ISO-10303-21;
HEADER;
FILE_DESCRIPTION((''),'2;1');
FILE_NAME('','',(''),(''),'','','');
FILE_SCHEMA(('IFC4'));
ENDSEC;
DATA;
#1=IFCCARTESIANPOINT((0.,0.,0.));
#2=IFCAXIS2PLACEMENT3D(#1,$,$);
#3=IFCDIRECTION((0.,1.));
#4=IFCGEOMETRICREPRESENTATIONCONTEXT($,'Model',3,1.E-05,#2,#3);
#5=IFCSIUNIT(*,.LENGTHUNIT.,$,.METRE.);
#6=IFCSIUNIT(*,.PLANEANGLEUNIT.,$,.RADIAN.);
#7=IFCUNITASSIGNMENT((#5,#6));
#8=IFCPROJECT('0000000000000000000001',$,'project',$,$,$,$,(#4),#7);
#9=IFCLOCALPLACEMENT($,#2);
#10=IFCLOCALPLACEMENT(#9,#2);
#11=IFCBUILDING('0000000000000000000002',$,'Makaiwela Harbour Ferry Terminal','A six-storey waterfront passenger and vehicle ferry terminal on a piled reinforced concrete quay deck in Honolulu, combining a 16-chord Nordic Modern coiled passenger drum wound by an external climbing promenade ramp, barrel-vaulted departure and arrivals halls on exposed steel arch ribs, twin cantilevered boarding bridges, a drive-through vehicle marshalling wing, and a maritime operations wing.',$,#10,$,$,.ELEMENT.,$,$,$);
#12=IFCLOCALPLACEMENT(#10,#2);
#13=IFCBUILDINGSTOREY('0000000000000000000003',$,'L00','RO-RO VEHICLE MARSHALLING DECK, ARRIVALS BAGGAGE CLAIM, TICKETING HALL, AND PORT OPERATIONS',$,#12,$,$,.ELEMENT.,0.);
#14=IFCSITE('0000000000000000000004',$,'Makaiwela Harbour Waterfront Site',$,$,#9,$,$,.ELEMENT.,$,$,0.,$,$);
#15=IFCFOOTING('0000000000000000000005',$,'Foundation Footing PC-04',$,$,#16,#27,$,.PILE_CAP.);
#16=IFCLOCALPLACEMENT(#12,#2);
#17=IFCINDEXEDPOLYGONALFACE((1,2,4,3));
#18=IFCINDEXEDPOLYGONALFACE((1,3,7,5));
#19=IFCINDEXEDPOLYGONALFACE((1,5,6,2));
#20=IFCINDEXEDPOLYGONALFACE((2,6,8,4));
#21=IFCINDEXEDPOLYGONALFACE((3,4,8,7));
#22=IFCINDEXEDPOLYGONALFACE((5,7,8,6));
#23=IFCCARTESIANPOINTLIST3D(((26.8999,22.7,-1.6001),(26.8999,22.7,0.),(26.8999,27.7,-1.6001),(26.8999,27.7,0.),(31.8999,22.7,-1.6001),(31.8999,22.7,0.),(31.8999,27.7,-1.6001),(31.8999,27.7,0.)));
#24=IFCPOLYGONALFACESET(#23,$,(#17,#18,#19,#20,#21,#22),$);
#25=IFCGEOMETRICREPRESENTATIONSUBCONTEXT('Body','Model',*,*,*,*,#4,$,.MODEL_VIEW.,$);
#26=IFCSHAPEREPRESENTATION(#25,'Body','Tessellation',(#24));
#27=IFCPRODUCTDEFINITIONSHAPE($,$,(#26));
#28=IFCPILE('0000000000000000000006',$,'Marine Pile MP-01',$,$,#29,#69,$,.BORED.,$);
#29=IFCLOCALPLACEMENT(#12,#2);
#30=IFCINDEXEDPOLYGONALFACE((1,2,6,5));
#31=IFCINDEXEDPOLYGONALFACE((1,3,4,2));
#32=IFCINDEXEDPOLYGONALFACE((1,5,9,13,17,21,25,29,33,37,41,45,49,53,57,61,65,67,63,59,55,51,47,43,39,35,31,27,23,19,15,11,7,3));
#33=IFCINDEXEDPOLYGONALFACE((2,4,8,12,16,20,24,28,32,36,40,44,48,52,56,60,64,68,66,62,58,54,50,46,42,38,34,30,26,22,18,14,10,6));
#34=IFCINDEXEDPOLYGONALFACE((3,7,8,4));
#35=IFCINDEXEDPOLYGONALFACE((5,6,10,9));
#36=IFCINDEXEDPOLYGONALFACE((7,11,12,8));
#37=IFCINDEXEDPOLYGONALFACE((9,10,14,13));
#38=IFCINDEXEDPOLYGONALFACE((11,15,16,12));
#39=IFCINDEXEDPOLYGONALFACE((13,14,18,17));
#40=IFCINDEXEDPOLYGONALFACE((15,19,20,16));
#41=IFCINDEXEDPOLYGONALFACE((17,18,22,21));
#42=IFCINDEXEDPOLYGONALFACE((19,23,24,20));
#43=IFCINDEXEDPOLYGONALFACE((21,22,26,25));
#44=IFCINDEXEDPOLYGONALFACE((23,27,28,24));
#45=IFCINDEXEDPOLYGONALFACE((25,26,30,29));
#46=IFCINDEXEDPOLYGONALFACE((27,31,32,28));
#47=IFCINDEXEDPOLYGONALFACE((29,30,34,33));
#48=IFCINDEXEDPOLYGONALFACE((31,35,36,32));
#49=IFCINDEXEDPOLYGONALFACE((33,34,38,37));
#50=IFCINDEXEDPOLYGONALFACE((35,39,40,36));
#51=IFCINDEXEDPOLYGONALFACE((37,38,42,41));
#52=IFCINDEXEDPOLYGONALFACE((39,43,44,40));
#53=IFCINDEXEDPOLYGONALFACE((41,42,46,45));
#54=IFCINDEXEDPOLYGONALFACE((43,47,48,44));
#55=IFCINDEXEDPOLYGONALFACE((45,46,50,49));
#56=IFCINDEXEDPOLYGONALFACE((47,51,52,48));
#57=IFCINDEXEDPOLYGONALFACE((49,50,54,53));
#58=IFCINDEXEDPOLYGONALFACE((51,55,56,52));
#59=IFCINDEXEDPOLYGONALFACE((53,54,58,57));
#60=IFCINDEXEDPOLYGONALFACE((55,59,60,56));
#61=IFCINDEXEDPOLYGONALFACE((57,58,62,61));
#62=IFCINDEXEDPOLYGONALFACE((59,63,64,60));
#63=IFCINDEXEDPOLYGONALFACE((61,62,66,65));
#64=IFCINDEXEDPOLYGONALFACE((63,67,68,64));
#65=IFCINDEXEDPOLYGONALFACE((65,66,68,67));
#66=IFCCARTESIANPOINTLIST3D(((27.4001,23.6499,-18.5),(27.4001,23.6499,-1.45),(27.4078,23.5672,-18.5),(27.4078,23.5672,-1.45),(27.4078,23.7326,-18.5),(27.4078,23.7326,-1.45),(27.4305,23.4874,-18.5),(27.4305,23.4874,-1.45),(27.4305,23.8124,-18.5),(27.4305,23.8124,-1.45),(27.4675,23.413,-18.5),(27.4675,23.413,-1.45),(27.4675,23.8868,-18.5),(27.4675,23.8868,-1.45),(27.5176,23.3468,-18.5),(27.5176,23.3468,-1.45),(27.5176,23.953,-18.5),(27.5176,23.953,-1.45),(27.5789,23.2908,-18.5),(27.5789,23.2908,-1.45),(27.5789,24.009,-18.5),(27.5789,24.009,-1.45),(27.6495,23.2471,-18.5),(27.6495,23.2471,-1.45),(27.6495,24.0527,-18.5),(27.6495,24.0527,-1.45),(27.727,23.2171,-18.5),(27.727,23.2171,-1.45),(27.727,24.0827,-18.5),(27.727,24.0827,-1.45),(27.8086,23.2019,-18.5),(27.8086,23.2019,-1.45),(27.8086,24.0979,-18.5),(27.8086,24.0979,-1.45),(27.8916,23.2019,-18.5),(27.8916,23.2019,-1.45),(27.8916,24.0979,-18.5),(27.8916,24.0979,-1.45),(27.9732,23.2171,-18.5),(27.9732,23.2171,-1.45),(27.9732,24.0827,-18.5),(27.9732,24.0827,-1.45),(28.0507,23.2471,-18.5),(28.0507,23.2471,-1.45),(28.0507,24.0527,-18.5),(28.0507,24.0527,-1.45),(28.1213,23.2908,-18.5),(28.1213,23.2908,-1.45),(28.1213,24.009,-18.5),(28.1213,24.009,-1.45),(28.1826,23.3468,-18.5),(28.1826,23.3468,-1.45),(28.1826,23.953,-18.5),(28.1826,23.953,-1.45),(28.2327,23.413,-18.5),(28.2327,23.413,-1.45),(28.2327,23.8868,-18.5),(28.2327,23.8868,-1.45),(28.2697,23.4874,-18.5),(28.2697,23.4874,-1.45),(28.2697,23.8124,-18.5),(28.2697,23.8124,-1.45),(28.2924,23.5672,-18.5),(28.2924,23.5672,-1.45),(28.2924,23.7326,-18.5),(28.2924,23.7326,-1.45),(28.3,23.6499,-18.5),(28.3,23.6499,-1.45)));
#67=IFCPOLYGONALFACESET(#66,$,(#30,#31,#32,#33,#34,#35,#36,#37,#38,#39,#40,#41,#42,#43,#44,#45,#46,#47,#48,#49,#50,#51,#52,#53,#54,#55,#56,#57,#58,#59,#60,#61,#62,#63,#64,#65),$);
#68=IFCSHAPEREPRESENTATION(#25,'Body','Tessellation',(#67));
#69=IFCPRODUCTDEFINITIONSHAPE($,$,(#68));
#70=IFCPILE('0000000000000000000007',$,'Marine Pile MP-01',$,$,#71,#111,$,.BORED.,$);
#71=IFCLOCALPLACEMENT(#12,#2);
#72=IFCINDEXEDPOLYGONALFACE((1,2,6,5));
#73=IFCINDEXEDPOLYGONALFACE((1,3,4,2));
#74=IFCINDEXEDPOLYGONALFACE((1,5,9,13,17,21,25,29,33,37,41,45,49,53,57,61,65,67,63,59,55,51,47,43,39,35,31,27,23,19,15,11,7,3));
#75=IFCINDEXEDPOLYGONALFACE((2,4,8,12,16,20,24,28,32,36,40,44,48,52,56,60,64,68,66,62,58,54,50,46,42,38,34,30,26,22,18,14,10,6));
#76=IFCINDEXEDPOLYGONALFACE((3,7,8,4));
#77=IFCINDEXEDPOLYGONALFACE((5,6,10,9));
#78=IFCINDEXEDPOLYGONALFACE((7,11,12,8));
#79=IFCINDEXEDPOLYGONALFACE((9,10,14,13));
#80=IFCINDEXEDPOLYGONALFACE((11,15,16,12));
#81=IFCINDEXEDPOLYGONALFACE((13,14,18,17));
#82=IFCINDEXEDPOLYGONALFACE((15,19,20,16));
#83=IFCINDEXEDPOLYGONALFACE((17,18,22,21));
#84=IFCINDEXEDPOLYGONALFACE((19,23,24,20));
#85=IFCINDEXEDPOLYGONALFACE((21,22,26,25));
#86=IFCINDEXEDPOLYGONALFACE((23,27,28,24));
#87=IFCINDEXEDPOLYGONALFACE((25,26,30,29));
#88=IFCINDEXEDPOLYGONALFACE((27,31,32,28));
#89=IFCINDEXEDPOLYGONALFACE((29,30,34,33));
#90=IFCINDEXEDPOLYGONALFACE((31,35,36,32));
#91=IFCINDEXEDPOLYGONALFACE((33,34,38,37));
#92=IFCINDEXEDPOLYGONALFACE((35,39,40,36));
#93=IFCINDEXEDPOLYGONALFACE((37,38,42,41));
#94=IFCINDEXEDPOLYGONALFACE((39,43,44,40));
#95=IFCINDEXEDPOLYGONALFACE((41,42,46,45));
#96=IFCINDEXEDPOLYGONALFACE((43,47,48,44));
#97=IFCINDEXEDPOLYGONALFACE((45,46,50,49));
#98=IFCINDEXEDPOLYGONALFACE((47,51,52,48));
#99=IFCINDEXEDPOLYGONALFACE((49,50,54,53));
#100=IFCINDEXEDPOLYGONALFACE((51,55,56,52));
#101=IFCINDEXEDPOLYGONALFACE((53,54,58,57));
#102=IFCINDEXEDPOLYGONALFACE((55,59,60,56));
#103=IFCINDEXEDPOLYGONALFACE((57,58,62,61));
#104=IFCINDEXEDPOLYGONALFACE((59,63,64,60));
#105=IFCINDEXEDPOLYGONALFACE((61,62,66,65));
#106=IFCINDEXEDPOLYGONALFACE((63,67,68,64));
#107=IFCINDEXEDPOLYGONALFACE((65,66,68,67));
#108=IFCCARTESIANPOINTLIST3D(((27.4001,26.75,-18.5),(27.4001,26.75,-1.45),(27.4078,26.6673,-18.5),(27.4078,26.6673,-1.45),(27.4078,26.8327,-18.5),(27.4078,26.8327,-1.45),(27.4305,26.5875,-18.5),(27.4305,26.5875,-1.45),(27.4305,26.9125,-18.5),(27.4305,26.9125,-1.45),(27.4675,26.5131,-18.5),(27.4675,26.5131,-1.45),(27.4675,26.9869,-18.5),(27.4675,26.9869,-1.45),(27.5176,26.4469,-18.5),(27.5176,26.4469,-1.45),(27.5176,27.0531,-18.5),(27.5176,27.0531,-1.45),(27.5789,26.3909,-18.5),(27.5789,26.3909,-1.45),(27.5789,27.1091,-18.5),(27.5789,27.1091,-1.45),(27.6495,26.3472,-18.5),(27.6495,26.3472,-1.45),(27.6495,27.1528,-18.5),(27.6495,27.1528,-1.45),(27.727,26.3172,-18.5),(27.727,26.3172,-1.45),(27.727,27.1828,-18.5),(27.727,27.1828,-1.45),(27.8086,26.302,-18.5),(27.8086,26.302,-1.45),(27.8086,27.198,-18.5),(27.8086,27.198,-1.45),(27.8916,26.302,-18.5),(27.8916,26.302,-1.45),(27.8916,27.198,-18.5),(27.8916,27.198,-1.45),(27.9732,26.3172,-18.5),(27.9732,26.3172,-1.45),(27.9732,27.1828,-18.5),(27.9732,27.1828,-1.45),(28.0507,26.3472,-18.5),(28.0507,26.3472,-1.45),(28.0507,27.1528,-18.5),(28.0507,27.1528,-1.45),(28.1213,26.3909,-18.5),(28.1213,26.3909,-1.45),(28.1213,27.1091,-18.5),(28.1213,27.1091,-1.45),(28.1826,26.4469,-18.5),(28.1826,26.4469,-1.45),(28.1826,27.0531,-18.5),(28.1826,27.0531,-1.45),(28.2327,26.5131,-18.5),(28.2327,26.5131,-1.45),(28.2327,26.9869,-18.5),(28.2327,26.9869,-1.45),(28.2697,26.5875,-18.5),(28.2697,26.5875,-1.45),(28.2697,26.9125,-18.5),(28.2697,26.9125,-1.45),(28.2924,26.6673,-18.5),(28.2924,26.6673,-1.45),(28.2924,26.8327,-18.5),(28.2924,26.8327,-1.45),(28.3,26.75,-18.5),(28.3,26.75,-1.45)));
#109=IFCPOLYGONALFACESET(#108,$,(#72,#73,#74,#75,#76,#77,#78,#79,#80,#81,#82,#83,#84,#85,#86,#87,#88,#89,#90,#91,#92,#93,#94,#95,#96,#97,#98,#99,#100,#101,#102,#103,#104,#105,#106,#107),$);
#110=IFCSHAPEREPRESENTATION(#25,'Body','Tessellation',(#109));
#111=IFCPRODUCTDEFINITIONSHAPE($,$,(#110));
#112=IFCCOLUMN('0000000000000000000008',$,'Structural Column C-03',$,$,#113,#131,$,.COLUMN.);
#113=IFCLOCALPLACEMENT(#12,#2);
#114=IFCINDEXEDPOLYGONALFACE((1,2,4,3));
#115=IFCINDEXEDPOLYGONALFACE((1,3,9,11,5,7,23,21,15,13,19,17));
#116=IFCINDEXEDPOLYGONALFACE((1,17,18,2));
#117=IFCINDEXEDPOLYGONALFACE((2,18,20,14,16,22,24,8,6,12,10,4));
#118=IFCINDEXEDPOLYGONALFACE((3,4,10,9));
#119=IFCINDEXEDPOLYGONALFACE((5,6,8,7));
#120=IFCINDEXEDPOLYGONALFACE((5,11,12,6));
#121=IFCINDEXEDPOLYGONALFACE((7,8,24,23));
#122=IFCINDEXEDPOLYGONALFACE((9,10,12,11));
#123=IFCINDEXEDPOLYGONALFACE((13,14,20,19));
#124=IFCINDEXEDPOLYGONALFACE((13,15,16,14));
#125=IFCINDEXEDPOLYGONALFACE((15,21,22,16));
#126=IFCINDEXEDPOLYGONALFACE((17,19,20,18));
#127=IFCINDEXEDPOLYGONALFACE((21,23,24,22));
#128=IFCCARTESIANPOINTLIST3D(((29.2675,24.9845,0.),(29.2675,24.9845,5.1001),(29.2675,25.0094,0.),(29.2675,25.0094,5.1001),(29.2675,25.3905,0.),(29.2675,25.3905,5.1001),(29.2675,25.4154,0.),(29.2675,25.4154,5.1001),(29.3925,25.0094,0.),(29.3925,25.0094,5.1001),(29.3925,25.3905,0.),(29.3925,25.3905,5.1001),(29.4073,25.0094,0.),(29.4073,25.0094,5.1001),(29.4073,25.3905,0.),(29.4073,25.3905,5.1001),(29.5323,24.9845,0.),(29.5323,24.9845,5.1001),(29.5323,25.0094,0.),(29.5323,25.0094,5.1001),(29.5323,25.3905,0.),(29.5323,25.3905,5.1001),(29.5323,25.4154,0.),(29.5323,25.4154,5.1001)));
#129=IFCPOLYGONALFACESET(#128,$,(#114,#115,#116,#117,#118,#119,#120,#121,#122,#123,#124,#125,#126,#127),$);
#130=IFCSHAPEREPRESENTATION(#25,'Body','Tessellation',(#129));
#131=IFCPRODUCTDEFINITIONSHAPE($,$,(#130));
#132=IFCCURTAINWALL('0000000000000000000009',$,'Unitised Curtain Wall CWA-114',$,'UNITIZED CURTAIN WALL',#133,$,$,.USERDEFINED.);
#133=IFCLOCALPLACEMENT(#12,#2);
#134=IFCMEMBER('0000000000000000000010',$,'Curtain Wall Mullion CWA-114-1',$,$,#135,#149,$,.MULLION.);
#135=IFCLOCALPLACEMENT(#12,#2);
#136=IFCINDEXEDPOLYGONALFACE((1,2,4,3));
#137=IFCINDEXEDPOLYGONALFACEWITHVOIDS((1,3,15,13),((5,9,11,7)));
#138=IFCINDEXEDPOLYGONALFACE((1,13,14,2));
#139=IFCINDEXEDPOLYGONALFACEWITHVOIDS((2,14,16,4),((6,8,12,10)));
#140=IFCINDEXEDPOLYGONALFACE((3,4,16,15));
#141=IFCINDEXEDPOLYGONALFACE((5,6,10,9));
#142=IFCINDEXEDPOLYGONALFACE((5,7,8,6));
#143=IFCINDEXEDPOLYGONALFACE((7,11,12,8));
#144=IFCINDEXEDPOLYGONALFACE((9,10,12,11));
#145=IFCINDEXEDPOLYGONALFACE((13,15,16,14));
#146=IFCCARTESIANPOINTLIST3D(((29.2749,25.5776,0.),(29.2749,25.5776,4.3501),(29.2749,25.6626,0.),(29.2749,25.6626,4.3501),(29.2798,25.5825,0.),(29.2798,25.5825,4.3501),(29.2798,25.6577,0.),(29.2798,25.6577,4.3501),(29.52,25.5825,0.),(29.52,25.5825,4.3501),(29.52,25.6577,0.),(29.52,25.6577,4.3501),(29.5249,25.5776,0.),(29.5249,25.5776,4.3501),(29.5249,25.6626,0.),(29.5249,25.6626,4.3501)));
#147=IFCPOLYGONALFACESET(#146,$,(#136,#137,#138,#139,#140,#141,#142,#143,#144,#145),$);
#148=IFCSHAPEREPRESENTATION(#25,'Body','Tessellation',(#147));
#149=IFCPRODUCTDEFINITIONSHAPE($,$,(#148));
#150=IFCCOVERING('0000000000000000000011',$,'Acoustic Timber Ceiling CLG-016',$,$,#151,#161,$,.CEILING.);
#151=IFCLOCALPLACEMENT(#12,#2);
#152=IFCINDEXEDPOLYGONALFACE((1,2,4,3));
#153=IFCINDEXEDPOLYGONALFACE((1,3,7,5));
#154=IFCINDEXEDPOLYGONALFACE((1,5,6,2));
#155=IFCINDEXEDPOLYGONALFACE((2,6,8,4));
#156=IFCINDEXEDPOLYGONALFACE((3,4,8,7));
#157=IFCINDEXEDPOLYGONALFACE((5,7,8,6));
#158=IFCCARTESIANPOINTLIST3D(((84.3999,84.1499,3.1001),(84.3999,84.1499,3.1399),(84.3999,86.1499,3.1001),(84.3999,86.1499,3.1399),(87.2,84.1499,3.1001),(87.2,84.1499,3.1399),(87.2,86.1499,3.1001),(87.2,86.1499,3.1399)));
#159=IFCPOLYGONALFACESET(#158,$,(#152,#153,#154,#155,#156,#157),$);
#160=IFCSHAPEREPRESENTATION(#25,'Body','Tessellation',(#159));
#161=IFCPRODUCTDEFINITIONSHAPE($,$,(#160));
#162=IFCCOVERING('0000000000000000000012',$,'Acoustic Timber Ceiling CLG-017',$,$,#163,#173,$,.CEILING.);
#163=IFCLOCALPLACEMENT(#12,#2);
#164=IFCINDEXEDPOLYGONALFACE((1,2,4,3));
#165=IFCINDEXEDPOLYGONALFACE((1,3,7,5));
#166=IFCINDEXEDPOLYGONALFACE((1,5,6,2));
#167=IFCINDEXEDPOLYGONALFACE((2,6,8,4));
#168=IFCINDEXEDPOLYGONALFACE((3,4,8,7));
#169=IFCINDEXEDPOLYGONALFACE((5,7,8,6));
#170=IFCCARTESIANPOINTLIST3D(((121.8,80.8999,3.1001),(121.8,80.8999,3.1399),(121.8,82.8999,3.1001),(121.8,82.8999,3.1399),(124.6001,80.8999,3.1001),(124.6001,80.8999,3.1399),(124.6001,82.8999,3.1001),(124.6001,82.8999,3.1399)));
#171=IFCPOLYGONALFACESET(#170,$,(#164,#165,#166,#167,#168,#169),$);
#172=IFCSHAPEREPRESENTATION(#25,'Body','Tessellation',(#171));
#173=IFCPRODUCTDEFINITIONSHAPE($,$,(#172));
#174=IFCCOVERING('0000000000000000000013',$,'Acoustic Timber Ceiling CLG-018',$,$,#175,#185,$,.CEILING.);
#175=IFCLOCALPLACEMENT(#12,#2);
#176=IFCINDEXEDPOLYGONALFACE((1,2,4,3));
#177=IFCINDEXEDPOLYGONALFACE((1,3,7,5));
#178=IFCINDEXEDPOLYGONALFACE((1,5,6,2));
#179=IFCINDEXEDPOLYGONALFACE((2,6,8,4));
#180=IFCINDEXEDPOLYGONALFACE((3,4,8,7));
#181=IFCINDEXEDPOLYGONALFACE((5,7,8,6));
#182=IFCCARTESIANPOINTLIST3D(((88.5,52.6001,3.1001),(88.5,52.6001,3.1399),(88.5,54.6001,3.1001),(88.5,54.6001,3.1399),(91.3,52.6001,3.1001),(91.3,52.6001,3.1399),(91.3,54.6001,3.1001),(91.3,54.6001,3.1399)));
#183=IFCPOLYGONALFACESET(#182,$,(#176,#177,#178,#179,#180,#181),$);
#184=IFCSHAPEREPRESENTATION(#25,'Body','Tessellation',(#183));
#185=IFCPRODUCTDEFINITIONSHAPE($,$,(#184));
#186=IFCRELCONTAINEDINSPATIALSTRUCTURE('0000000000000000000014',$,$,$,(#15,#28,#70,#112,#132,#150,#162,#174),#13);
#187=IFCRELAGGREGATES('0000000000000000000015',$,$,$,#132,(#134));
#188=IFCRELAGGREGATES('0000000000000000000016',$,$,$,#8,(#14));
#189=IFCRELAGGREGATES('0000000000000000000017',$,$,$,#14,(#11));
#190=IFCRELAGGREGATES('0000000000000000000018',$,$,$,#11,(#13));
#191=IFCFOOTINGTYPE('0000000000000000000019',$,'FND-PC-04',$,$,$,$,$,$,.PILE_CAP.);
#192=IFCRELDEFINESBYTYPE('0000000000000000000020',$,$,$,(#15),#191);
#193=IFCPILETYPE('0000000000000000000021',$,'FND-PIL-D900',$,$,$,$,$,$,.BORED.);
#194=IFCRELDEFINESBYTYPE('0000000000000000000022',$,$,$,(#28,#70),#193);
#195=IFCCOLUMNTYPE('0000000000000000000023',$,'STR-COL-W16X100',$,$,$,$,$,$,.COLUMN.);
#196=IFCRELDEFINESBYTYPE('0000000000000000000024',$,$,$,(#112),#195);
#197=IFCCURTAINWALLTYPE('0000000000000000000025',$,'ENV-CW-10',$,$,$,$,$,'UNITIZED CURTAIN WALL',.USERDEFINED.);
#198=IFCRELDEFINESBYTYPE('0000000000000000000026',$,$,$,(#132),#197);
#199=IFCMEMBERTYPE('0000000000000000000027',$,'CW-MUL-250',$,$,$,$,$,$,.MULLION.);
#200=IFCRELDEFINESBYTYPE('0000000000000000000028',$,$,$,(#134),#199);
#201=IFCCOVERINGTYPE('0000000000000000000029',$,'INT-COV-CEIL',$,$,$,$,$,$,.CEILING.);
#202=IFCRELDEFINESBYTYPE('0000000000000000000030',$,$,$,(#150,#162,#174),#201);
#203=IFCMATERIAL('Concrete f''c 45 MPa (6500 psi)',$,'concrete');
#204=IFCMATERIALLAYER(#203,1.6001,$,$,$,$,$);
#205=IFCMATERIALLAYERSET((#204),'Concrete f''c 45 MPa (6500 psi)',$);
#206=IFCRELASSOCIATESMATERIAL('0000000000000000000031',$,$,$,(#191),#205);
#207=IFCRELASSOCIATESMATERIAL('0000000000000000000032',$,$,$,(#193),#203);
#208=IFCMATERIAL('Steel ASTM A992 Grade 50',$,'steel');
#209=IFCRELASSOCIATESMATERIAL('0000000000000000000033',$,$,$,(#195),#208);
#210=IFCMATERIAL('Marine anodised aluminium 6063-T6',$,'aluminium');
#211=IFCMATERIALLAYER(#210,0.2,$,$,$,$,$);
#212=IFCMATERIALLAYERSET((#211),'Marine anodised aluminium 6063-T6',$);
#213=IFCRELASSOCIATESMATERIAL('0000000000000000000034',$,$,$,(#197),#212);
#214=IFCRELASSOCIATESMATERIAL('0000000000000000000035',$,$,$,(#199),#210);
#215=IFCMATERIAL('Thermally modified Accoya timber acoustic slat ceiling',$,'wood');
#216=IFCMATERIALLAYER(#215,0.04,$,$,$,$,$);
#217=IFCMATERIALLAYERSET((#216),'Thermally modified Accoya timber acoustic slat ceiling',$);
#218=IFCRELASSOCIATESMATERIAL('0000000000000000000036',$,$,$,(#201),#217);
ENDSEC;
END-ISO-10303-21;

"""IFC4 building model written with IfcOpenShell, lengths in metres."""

from ifc_helpers import new_model, si_unit, direction, frame, origin, origin_2d, place, context, subcontext, project, spatial, polyline, rectangle, hollow_rectangle, circle, i_section, outline, extrude, material, layer, layer_set, material_profile, profile_set, type_object, element, aggregate, save


model = new_model("IFC4")

# Units and contexts
model_context = context("Model", 3, precision=1e-05, world=origin(), true_north=direction((0.0, 1.0)))
body_context = subcontext(model_context, "Body", "Model", "MODEL_VIEW")
ifc_project = project(units=[si_unit("LENGTHUNIT", "METRE"), si_unit("PLANEANGLEUNIT", "RADIAN")], contexts=[model_context])

# Site, building, storey
site_placement = place(None, origin())
site = spatial("IfcSite", under=ifc_project, at=site_placement, Name="Makaiwela Harbour Waterfront Site", CompositionType="ELEMENT", RefElevation=0.0)
building_placement = place(site_placement, origin())
building = spatial("IfcBuilding", under=site, at=building_placement, Name="Makaiwela Harbour Ferry Terminal", Description="A six-storey waterfront passenger and vehicle ferry terminal on a piled reinforced concrete quay deck in Honolulu, combining a 16-chord Nordic Modern coiled passenger drum wound by an external climbing promenade ramp, barrel-vaulted departure and arrivals halls on exposed steel arch ribs, twin cantilevered boarding bridges, a drive-through vehicle marshalling wing, and a maritime operations wing.", CompositionType="ELEMENT")
storey_placement = place(building_placement, origin())
storey = spatial("IfcBuildingStorey", under=building, at=storey_placement, Name="L00", Description="RO-RO VEHICLE MARSHALLING DECK, ARRIVALS BAGGAGE CLAIM, TICKETING HALL, AND PORT OPERATIONS", CompositionType="ELEMENT", Elevation=0.0)

# Footing
ifc_material_1 = material(Name="Concrete f'c 45 MPa (6500 psi)", Category="concrete")
ifc_layer_1 = layer(ifc_material_1, 1.6001)
ifc_layer_set_1 = layer_set([ifc_layer_1], Name="Concrete f'c 45 MPa (6500 psi)")
footing_type = type_object("IfcFootingType", Name="FND-PC-04", PredefinedType="PILE_CAP", material=ifc_layer_set_1)
footing_placement = place(storey_placement, frame((29.3999, 25.2, -1.6001), z_axis=(0.0, 0.0, 1.0), x_axis=(1.0, 0.0, 0.0)))
element("IfcFooting", 1, at=footing_placement, inside=storey, type_object=footing_type, Name="Foundation Footing PC-04", PredefinedType="PILE_CAP", context=body_context, shape_type="SweptSolid", body=[
    extrude(rectangle(XDim=5.0, YDim=5.0, at=origin_2d()), origin(), (0.0, 0.0, 1.0), 1.6001),
])

# Piles
ifc_material_profile_1 = material_profile(ifc_material_1, circle(Radius=0.45, at=origin_2d()), Name="PILE-D900")
ifc_profile_set_1 = profile_set([ifc_material_profile_1], Name="Concrete f'c 45 MPa (6500 psi)")
pile_type = type_object("IfcPileType", Name="FND-PIL-D900", PredefinedType="BORED", material=ifc_profile_set_1)
for number, where, z_axis, x_axis, name in (
    (2, (27.8501, 23.6499, -1.45), (0.0, 0.0, -1.0), (1.0, 0.0, 0.0), "Marine Pile MP-01"),
    (3, (27.8501, 26.75, -1.45), (0.0, 0.0, -1.0), (1.0, 0.0, 0.0), "Marine Pile MP-01"),
):
    element("IfcPile", number, at=place(storey_placement, frame(where, z_axis=z_axis, x_axis=x_axis)), inside=storey, type_object=pile_type, Name=name, PredefinedType="BORED", context=body_context, shape_type="SweptSolid", body=[
        extrude(circle(Radius=0.45, at=origin_2d()), origin(), (0.0, 0.0, 1.0), 17.05),
    ])

# Column
ifc_material_2 = material(Name="Steel ASTM A992 Grade 50", Category="steel")
ifc_material_profile_2 = material_profile(ifc_material_2, i_section(OverallWidth=0.2649, OverallDepth=0.4309, WebThickness=0.0149, FlangeThickness=0.0249, at=origin_2d()), Name="W16X100")
ifc_profile_set_2 = profile_set([ifc_material_profile_2], Name="Steel ASTM A992 Grade 50")
column_type = type_object("IfcColumnType", Name="STR-COL-W16X100", PredefinedType="COLUMN", material=ifc_profile_set_2)
column_placement = place(storey_placement, frame((29.3999, 25.2, 0.0), z_axis=(0.0, 0.0, 1.0), x_axis=(1.0, 0.0, 0.0)))
element("IfcColumn", 4, at=column_placement, inside=storey, type_object=column_type, Name="Structural Column C-03", PredefinedType="COLUMN", context=body_context, shape_type="SweptSolid", body=[
    extrude(i_section(OverallWidth=0.2649, OverallDepth=0.4309, WebThickness=0.0149, FlangeThickness=0.0249, at=origin_2d()), origin(), (0.0, 0.0, 1.0), 5.1001),
])

# Curtain wall, member
ifc_material_3 = material(Name="Marine anodised aluminium 6063-T6", Category="aluminium")
ifc_layer_2 = layer(ifc_material_3, 0.2)
ifc_layer_set_2 = layer_set([ifc_layer_2], Name="Marine anodised aluminium 6063-T6")
curtain_wall_type = type_object("IfcCurtainWallType", Name="ENV-CW-10", ElementType="UNITIZED CURTAIN WALL", PredefinedType="USERDEFINED", material=ifc_layer_set_2)
curtain_wall_placement = place(storey_placement, origin())
curtain_wall = element("IfcCurtainWall", 5, at=curtain_wall_placement, inside=storey, type_object=curtain_wall_type, Name="Unitised Curtain Wall CWA-114", ObjectType="UNITIZED CURTAIN WALL", PredefinedType="USERDEFINED")
ifc_material_profile_3 = material_profile(ifc_material_3, hollow_rectangle(XDim=0.085, YDim=0.25, WallThickness=0.0049, at=origin_2d()), Name="CWM-250X85")
ifc_profile_set_3 = profile_set([ifc_material_profile_3], Name="Marine anodised aluminium 6063-T6")
member_type = type_object("IfcMemberType", Name="CW-MUL-250", PredefinedType="MULLION", material=ifc_profile_set_3)
member_placement = place(storey_placement, frame((29.3999, 25.6201, 0.0), z_axis=(0.0, 0.0, 1.0), x_axis=(0.0, 1.0, 0.0)))
member = element("IfcMember", 6, at=member_placement, type_object=member_type, Name="Curtain Wall Mullion CWA-114-1", PredefinedType="MULLION", context=body_context, shape_type="SweptSolid", body=[
    extrude(hollow_rectangle(XDim=0.085, YDim=0.25, WallThickness=0.0049, at=origin_2d()), origin(), (0.0, 0.0, 1.0), 4.3501),
])
aggregate(curtain_wall, [member])

# Coverings
ifc_material_4 = material(Name="Thermally modified Accoya timber acoustic slat ceiling", Category="wood")
ifc_layer_3 = layer(ifc_material_4, 0.04)
ifc_layer_set_3 = layer_set([ifc_layer_3], Name="Thermally modified Accoya timber acoustic slat ceiling")
covering_type_1 = type_object("IfcCoveringType", Name="INT-COV-CEIL", PredefinedType="CEILING", material=ifc_layer_set_3)
covering_1_placement = place(storey_placement, frame((0.0, 0.0, 3.1001)))
element("IfcCovering", 7, at=covering_1_placement, inside=storey, type_object=covering_type_1, Name="Acoustic Timber Ceiling CLG-016", PredefinedType="CEILING", context=body_context, shape_type="SweptSolid", body=[
    extrude(outline(polyline([(84.3999, 84.1499), (87.2, 84.1499), (87.2, 86.1499), (84.3999, 86.1499), (84.3999, 84.1499)])), origin(), (0.0, 0.0, 1.0), 0.0398),
])
covering_2_placement = place(storey_placement, frame((0.0, 0.0, 3.1001)))
element("IfcCovering", 8, at=covering_2_placement, inside=storey, type_object=covering_type_1, Name="Acoustic Timber Ceiling CLG-017", PredefinedType="CEILING", context=body_context, shape_type="SweptSolid", body=[
    extrude(outline(polyline([(121.8, 80.8999), (124.6001, 80.8999), (124.6001, 82.8999), (121.8, 82.8999), (121.8, 80.8999)])), origin(), (0.0, 0.0, 1.0), 0.0398),
])
covering_3_placement = place(storey_placement, frame((0.0, 0.0, 3.1001)))
element("IfcCovering", 9, at=covering_3_placement, inside=storey, type_object=covering_type_1, Name="Acoustic Timber Ceiling CLG-018", PredefinedType="CEILING", context=body_context, shape_type="SweptSolid", body=[
    extrude(outline(polyline([(88.5, 52.6001), (91.3, 52.6001), (91.3, 54.6001), (88.5, 54.6001), (88.5, 52.6001)])), origin(), (0.0, 0.0, 1.0), 0.0398),
])

save(model, "model.ifc")
